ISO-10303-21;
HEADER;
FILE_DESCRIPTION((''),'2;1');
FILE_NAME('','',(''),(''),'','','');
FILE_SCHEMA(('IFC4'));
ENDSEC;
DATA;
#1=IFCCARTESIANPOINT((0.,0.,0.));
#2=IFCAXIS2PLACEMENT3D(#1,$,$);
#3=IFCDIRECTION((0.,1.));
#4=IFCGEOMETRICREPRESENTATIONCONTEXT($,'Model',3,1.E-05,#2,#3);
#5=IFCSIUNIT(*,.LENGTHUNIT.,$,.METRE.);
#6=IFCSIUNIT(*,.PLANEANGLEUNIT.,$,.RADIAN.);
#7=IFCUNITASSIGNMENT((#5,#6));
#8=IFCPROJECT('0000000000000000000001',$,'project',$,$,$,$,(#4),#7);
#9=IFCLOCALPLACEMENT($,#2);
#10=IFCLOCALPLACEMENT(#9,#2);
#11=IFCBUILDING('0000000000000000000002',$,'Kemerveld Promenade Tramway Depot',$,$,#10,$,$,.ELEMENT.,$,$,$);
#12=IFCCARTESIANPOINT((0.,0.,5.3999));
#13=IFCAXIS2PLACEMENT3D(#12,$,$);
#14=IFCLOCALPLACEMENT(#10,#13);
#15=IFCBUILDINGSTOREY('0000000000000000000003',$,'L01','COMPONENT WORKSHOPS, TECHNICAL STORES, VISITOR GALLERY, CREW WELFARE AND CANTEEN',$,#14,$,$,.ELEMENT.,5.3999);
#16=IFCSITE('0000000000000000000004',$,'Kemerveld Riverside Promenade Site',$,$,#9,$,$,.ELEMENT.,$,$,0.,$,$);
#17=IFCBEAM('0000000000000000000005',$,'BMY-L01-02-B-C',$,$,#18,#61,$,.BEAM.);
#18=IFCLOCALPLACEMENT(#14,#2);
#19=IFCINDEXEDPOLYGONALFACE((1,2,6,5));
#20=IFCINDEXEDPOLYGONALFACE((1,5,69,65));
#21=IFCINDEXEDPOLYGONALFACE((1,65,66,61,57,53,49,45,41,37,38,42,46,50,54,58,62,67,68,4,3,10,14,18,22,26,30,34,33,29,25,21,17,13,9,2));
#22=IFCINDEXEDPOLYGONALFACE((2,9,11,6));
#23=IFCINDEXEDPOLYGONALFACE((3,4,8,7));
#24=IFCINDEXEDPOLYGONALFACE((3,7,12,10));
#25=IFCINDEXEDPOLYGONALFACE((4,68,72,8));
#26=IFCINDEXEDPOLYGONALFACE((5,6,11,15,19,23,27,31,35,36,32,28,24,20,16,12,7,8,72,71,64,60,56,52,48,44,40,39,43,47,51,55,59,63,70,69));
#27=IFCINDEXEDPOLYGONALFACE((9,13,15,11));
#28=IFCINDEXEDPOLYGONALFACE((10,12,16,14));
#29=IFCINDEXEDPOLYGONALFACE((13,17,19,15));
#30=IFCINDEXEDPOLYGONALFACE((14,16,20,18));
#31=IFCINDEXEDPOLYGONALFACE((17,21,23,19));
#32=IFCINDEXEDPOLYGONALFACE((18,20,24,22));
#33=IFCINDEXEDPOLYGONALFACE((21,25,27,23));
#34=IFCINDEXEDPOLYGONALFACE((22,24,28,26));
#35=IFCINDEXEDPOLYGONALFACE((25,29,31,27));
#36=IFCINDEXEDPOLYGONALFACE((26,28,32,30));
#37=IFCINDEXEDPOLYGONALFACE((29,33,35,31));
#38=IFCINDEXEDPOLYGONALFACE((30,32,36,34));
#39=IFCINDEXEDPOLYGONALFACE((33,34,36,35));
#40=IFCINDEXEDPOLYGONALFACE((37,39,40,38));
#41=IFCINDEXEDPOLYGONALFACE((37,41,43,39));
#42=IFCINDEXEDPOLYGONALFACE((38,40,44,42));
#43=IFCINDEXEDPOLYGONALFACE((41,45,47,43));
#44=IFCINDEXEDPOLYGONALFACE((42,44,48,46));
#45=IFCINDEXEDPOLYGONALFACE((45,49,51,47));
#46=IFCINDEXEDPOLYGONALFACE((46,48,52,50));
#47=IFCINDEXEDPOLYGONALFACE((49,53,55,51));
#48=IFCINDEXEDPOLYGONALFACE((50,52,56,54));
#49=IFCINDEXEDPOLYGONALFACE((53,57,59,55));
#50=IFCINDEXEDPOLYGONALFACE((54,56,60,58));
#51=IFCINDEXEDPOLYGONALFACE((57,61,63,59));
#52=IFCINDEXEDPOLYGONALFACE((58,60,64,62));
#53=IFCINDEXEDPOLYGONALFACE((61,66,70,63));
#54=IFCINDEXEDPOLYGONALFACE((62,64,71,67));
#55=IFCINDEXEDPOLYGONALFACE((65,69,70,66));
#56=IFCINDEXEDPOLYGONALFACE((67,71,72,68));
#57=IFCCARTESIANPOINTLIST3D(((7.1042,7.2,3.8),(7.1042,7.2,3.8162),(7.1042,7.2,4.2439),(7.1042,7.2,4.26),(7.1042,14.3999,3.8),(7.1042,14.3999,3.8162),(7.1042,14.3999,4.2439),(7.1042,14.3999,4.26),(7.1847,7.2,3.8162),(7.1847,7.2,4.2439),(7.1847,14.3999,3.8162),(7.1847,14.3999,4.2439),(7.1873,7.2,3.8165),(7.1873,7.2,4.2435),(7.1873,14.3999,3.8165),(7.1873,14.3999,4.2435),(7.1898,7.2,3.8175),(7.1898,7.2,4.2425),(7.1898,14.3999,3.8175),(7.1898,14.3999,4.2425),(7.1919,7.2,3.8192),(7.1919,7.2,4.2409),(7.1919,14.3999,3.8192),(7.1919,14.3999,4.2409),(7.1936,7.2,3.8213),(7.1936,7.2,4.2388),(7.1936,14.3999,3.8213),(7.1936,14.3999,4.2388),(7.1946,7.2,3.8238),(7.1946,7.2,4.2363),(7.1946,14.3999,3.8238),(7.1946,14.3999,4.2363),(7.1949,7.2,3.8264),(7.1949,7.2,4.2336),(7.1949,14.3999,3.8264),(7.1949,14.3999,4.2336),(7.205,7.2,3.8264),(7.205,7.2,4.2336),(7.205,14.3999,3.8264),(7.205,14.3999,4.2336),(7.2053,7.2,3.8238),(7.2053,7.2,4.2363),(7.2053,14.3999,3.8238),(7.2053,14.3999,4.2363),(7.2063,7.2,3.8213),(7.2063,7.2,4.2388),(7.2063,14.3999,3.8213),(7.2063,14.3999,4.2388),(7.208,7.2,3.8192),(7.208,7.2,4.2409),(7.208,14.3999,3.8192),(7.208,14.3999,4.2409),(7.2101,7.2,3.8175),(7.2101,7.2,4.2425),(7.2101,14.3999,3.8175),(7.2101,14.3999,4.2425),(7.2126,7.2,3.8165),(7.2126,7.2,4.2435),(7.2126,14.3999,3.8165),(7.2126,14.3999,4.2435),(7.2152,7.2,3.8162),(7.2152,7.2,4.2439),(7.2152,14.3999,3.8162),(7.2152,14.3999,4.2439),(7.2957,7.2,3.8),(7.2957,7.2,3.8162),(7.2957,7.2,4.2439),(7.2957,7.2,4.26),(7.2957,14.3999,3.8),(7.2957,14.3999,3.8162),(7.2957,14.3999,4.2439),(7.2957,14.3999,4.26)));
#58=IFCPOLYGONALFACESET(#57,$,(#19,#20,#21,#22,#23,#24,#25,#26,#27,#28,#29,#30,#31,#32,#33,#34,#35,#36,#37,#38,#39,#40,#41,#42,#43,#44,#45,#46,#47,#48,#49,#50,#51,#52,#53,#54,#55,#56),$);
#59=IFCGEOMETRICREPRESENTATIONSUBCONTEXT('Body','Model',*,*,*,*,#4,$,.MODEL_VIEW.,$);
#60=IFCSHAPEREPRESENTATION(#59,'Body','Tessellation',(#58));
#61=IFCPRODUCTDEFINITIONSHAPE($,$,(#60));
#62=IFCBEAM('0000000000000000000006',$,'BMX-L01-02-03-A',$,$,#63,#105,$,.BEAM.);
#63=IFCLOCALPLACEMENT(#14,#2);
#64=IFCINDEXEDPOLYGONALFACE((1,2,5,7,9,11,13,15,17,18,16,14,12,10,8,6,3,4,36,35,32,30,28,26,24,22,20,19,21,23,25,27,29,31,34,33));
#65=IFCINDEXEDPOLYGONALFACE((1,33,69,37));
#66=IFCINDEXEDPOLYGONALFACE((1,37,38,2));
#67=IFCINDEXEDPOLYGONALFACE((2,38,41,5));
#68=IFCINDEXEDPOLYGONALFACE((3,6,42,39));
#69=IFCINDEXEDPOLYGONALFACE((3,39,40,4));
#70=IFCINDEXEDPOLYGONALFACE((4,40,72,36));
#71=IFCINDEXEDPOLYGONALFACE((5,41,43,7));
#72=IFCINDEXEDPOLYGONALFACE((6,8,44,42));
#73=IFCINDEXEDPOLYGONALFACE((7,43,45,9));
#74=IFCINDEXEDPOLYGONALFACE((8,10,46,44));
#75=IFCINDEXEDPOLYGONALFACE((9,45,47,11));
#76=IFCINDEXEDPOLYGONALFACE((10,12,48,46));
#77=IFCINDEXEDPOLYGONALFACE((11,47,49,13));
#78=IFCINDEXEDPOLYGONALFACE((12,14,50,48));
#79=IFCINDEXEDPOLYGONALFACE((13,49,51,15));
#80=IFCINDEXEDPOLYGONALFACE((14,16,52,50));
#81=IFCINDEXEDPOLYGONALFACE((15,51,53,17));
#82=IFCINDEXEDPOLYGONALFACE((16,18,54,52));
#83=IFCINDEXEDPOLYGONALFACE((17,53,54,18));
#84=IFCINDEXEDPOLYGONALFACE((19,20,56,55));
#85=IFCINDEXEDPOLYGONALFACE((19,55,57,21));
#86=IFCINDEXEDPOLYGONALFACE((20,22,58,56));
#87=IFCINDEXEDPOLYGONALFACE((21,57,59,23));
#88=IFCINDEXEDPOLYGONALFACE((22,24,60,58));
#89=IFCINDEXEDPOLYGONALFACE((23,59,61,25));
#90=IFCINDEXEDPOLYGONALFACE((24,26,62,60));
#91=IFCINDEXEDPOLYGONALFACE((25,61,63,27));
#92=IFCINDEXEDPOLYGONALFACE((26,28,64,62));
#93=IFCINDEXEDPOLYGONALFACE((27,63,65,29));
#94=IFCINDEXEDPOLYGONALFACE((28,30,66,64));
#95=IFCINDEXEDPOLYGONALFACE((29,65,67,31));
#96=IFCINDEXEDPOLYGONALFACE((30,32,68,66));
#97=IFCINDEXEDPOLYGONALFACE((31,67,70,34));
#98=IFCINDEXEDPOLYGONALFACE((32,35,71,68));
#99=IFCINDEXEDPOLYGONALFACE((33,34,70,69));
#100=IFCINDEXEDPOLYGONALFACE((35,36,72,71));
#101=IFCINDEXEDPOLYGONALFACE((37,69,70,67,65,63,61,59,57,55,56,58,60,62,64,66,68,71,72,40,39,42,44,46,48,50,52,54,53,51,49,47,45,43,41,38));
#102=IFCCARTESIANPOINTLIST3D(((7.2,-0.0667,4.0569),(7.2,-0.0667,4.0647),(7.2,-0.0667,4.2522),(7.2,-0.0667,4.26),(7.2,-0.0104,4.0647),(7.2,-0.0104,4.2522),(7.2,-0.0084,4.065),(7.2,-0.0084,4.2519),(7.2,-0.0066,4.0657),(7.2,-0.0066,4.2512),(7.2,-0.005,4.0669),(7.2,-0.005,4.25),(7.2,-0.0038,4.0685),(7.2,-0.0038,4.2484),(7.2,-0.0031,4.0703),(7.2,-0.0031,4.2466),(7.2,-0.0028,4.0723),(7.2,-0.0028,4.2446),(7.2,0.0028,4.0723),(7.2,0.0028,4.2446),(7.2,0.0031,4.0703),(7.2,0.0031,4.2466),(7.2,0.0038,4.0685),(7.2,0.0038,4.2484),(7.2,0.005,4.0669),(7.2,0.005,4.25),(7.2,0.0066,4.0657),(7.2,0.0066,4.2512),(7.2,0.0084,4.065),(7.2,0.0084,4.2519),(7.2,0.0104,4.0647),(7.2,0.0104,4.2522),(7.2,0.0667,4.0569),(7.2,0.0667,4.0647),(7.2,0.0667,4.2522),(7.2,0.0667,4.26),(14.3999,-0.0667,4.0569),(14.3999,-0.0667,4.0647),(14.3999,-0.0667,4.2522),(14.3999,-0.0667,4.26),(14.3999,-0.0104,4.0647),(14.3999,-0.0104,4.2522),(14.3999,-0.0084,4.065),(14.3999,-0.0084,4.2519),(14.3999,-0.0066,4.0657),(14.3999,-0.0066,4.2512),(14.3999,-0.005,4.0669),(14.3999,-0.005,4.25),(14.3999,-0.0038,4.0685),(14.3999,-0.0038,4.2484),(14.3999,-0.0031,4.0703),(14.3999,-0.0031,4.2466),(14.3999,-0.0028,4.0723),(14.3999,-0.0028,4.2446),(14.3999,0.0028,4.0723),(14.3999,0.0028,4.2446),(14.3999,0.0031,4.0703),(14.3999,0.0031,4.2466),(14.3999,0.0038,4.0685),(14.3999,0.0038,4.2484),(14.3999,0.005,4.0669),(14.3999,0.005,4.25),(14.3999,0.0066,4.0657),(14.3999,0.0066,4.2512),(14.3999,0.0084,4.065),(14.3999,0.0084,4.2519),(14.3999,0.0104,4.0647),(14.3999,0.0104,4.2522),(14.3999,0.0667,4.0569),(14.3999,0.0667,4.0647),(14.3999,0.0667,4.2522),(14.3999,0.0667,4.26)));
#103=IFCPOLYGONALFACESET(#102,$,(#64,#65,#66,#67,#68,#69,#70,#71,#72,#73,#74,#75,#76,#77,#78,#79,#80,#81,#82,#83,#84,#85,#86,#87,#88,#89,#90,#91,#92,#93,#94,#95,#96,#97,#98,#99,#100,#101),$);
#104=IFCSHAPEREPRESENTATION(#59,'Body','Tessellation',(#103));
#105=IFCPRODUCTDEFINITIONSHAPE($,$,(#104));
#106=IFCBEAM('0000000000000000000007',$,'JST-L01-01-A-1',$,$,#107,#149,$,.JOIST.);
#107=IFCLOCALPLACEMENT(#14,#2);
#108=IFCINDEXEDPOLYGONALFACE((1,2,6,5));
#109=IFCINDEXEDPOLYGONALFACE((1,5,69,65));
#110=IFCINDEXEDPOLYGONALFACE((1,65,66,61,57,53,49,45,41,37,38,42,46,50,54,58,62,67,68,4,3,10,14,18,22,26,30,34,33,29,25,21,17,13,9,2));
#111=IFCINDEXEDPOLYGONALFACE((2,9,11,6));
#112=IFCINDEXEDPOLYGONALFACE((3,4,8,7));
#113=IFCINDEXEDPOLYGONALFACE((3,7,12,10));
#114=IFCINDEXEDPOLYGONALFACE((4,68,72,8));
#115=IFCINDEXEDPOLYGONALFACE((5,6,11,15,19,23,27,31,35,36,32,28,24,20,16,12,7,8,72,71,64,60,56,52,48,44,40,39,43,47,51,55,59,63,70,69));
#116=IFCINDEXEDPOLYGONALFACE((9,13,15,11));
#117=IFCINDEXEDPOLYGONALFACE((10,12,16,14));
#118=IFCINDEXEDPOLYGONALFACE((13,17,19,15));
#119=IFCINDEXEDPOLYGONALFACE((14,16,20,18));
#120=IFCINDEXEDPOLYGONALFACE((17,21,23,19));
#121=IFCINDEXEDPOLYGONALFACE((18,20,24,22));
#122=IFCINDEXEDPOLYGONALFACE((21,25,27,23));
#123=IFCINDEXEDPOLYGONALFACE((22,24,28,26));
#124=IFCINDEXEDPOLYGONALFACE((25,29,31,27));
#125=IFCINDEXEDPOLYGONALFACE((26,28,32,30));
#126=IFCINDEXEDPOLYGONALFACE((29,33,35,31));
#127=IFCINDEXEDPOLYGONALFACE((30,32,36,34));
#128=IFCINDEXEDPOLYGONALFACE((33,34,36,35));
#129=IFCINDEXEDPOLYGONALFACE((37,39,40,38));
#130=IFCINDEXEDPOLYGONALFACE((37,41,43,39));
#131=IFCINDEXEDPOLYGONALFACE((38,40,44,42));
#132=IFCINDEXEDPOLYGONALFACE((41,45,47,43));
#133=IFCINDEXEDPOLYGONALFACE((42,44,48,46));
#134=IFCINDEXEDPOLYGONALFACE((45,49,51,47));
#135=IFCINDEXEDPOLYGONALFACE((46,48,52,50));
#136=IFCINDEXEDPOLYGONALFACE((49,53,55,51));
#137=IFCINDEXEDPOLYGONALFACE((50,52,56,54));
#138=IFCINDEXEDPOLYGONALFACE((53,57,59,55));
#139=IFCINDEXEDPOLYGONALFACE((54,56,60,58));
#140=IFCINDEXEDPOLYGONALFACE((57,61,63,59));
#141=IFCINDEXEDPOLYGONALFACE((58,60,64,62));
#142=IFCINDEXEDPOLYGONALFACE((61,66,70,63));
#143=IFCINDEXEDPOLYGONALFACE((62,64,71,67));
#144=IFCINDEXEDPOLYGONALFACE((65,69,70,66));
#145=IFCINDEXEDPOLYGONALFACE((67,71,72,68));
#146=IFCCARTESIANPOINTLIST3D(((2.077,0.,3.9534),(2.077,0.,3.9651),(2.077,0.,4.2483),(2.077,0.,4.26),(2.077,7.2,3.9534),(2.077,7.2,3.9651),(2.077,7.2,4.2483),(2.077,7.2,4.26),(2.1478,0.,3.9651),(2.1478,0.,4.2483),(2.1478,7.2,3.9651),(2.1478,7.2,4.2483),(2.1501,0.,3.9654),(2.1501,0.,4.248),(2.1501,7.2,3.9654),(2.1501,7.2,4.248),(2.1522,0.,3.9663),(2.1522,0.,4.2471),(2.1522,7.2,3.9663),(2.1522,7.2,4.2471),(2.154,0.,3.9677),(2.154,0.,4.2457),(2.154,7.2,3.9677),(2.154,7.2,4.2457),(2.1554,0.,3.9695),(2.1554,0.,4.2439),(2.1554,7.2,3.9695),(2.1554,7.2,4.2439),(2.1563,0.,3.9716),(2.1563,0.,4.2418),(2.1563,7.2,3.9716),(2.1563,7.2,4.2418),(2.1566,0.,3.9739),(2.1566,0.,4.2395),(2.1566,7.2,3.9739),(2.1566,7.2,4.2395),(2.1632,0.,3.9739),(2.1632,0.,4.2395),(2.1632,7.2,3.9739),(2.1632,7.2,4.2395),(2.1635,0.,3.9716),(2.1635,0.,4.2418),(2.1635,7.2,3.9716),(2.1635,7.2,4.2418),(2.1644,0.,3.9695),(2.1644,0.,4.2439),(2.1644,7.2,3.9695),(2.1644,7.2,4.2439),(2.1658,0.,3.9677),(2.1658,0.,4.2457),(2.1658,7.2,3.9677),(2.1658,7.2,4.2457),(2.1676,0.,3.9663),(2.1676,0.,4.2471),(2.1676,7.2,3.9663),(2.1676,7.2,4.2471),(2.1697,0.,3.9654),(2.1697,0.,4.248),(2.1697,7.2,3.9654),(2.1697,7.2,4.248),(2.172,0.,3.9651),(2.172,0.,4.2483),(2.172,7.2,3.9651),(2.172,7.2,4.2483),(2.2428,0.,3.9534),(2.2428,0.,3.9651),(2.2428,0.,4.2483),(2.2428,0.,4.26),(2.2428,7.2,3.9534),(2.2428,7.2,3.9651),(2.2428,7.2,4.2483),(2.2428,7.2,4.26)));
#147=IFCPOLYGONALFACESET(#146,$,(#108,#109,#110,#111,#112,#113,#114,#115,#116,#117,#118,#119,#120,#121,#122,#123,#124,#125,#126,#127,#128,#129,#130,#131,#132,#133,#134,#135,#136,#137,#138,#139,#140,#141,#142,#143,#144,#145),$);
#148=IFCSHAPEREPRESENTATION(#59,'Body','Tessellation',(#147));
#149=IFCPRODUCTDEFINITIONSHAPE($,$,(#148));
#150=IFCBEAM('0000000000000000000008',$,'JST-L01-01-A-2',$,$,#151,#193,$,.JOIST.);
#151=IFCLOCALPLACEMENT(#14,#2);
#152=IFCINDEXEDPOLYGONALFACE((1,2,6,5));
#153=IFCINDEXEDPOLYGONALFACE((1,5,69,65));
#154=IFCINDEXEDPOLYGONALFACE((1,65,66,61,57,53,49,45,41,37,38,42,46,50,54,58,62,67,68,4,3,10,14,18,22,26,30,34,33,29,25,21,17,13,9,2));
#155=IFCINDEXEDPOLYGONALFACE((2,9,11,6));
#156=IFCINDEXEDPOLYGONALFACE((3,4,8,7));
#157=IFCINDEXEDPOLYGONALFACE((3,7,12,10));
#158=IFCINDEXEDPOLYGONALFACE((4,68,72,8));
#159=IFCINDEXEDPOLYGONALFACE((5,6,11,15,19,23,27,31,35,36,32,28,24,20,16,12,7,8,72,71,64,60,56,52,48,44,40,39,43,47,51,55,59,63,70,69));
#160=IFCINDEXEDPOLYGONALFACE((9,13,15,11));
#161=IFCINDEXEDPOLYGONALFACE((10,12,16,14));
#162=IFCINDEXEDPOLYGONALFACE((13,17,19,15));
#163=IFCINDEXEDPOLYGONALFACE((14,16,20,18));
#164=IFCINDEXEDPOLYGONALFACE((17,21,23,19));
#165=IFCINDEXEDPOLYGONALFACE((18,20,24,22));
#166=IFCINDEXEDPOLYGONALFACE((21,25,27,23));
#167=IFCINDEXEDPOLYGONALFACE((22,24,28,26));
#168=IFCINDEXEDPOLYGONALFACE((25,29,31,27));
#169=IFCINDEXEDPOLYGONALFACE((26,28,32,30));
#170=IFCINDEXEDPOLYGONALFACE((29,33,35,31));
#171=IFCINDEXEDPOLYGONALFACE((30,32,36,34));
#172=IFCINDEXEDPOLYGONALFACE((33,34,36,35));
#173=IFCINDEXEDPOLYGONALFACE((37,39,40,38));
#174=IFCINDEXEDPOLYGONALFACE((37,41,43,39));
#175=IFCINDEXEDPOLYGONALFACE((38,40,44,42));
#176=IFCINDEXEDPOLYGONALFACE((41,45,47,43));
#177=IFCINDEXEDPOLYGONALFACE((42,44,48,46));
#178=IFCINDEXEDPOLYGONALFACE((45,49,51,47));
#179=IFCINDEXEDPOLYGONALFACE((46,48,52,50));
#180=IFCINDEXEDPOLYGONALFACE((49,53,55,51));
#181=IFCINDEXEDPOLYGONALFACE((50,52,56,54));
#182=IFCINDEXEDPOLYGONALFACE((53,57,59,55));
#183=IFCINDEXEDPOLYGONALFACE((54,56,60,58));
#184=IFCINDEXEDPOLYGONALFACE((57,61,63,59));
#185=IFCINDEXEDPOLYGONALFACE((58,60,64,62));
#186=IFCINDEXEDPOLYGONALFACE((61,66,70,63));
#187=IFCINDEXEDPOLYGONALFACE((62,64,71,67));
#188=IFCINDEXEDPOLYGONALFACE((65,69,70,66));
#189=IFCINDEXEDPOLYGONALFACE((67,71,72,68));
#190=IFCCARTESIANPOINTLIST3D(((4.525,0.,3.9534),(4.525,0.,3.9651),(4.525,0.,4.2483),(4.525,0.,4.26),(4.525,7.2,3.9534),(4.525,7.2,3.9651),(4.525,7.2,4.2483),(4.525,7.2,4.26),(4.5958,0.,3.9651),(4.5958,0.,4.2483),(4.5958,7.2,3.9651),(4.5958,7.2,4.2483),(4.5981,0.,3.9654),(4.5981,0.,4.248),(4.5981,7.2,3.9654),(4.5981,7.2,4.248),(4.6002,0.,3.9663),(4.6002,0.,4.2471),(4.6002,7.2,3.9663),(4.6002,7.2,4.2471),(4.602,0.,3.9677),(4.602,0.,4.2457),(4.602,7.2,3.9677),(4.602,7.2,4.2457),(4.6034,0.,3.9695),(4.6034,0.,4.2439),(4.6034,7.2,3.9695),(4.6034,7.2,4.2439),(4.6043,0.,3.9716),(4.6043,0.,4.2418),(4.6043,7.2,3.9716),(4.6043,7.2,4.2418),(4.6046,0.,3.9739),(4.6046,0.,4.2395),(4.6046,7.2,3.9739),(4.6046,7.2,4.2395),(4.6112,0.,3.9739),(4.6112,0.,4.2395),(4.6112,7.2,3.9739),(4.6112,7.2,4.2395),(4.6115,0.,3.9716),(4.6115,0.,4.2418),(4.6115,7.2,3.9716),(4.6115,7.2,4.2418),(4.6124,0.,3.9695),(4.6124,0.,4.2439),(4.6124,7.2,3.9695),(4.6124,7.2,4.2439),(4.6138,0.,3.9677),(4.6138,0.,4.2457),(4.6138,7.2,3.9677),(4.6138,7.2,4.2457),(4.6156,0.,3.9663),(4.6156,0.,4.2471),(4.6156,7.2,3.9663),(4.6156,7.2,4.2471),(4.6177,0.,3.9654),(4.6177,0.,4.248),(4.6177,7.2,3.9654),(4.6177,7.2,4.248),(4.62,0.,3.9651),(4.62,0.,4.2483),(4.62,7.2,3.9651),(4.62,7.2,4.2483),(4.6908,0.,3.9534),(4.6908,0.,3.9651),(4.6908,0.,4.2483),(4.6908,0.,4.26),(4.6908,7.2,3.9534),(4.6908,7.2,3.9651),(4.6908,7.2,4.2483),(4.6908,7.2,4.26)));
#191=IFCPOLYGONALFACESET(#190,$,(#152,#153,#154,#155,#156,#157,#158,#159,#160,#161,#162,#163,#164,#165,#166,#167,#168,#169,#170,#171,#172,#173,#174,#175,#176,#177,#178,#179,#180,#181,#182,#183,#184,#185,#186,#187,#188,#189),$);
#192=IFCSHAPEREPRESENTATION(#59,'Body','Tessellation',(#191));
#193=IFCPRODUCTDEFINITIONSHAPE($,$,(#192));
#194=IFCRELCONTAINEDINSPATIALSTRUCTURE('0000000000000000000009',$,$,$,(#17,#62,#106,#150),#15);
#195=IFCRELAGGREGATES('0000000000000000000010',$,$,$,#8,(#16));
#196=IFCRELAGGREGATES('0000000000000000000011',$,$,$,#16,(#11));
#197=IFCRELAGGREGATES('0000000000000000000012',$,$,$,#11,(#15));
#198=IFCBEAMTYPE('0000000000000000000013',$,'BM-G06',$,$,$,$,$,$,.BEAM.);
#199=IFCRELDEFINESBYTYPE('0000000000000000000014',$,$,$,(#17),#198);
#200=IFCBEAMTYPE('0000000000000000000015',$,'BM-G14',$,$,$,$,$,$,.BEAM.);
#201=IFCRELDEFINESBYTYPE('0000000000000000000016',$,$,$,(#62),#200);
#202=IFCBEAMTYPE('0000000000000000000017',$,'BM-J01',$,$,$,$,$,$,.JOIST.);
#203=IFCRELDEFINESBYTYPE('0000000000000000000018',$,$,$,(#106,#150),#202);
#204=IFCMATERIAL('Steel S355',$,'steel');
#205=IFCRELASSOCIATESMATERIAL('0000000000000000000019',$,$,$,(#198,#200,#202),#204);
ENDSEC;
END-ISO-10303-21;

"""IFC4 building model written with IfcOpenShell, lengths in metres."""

from ifc_helpers import new_model, si_unit, direction, frame, origin, origin_2d, place, context, subcontext, project, spatial, i_section, extrude, material, material_profile, profile_set, type_object, element, save


model = new_model("IFC4")

# Units and contexts
model_context = context("Model", 3, precision=1e-05, world=origin(), true_north=direction((0.0, 1.0)))
body_context = subcontext(model_context, "Body", "Model", "MODEL_VIEW")
ifc_project = project(units=[si_unit("LENGTHUNIT", "METRE"), si_unit("PLANEANGLEUNIT", "RADIAN")], contexts=[model_context])

# Site, building, storey
site_placement = place(None, origin())
site = spatial("IfcSite", under=ifc_project, at=site_placement, Name="Kemerveld Riverside Promenade Site", CompositionType="ELEMENT", RefElevation=0.0)
building_placement = place(site_placement, origin())
building = spatial("IfcBuilding", under=site, at=building_placement, Name="Kemerveld Promenade Tramway Depot", CompositionType="ELEMENT")
storey_placement = place(building_placement, frame((0.0, 0.0, 5.3999)))
storey = spatial("IfcBuildingStorey", under=building, at=storey_placement, Name="L01", Description="COMPONENT WORKSHOPS, TECHNICAL STORES, VISITOR GALLERY, CREW WELFARE AND CANTEEN", CompositionType="ELEMENT", Elevation=5.3999)

# Shared definitions
ifc_material_1 = material(Name="Steel S355", Category="steel")

# Beams
ifc_material_profile_1 = material_profile(ifc_material_1, i_section(OverallWidth=0.1914, OverallDepth=0.46, WebThickness=0.01, FlangeThickness=0.0161, FilletRadius=0.0103, at=origin_2d()), Name="457x191x82 UB")
ifc_profile_set_1 = profile_set([ifc_material_profile_1], Name="Steel S355")
beam_type_1 = type_object("IfcBeamType", Name="BM-G06", PredefinedType="BEAM", material=ifc_profile_set_1)
for number, where, z_axis, x_axis, name in (
    (1, (7.2, 7.2, 4.03), (0.0, 1.0, 0.0), (-1.0, 0.0, 0.0), "BMY-L01-02-B-C"),
):
    element("IfcBeam", number, at=place(storey_placement, frame(where, z_axis=z_axis, x_axis=x_axis)), inside=storey, type_object=beam_type_1, Name=name, PredefinedType="BEAM", context=body_context, shape_type="SweptSolid", body=[
        extrude(i_section(OverallWidth=0.1914, OverallDepth=0.46, WebThickness=0.01, FlangeThickness=0.0161, FilletRadius=0.0103, at=origin_2d()), origin(), (0.0, 0.0, 1.0), 7.2),
    ])
ifc_material_profile_2 = material_profile(ifc_material_1, i_section(OverallWidth=0.1333, OverallDepth=0.2031, WebThickness=0.0056, FlangeThickness=0.0078, FilletRadius=0.0076, at=origin_2d()), Name="203x133x25 UB")
ifc_profile_set_2 = profile_set([ifc_material_profile_2], Name="Steel S355")
beam_type_2 = type_object("IfcBeamType", Name="BM-G14", PredefinedType="BEAM", material=ifc_profile_set_2)
beam_1_placement = place(storey_placement, frame((7.2, 0.0, 4.1584), z_axis=(1.0, 0.0, 0.0), x_axis=(0.0, 1.0, 0.0)))
element("IfcBeam", 2, at=beam_1_placement, inside=storey, type_object=beam_type_2, Name="BMX-L01-02-03-A", PredefinedType="BEAM", context=body_context, shape_type="SweptSolid", body=[
    extrude(i_section(OverallWidth=0.1333, OverallDepth=0.2031, WebThickness=0.0056, FlangeThickness=0.0078, FilletRadius=0.0076, at=origin_2d()), origin(), (0.0, 0.0, 1.0), 7.2),
])
ifc_material_profile_3 = material_profile(ifc_material_1, i_section(OverallWidth=0.1658, OverallDepth=0.3066, WebThickness=0.0066, FlangeThickness=0.0117, FilletRadius=0.0088, at=origin_2d()), Name="305x165x46 UB")
ifc_profile_set_3 = profile_set([ifc_material_profile_3], Name="Steel S355")
beam_type_3 = type_object("IfcBeamType", Name="BM-J01", PredefinedType="JOIST", material=ifc_profile_set_3)
for number, where, z_axis, x_axis, name in (
    (3, (2.1599, 0.0, 4.1067), (0.0, 1.0, 0.0), (-1.0, 0.0, 0.0), "JST-L01-01-A-1"),
    (4, (4.6079, 0.0, 4.1067), (0.0, 1.0, 0.0), (-1.0, 0.0, 0.0), "JST-L01-01-A-2"),
):
    element("IfcBeam", number, at=place(storey_placement, frame(where, z_axis=z_axis, x_axis=x_axis)), inside=storey, type_object=beam_type_3, Name=name, PredefinedType="JOIST", context=body_context, shape_type="SweptSolid", body=[
        extrude(i_section(OverallWidth=0.1658, OverallDepth=0.3066, WebThickness=0.0066, FlangeThickness=0.0117, FilletRadius=0.0088, at=origin_2d()), origin(), (0.0, 0.0, 1.0), 7.2),
    ])

save(model, "model.ifc")
